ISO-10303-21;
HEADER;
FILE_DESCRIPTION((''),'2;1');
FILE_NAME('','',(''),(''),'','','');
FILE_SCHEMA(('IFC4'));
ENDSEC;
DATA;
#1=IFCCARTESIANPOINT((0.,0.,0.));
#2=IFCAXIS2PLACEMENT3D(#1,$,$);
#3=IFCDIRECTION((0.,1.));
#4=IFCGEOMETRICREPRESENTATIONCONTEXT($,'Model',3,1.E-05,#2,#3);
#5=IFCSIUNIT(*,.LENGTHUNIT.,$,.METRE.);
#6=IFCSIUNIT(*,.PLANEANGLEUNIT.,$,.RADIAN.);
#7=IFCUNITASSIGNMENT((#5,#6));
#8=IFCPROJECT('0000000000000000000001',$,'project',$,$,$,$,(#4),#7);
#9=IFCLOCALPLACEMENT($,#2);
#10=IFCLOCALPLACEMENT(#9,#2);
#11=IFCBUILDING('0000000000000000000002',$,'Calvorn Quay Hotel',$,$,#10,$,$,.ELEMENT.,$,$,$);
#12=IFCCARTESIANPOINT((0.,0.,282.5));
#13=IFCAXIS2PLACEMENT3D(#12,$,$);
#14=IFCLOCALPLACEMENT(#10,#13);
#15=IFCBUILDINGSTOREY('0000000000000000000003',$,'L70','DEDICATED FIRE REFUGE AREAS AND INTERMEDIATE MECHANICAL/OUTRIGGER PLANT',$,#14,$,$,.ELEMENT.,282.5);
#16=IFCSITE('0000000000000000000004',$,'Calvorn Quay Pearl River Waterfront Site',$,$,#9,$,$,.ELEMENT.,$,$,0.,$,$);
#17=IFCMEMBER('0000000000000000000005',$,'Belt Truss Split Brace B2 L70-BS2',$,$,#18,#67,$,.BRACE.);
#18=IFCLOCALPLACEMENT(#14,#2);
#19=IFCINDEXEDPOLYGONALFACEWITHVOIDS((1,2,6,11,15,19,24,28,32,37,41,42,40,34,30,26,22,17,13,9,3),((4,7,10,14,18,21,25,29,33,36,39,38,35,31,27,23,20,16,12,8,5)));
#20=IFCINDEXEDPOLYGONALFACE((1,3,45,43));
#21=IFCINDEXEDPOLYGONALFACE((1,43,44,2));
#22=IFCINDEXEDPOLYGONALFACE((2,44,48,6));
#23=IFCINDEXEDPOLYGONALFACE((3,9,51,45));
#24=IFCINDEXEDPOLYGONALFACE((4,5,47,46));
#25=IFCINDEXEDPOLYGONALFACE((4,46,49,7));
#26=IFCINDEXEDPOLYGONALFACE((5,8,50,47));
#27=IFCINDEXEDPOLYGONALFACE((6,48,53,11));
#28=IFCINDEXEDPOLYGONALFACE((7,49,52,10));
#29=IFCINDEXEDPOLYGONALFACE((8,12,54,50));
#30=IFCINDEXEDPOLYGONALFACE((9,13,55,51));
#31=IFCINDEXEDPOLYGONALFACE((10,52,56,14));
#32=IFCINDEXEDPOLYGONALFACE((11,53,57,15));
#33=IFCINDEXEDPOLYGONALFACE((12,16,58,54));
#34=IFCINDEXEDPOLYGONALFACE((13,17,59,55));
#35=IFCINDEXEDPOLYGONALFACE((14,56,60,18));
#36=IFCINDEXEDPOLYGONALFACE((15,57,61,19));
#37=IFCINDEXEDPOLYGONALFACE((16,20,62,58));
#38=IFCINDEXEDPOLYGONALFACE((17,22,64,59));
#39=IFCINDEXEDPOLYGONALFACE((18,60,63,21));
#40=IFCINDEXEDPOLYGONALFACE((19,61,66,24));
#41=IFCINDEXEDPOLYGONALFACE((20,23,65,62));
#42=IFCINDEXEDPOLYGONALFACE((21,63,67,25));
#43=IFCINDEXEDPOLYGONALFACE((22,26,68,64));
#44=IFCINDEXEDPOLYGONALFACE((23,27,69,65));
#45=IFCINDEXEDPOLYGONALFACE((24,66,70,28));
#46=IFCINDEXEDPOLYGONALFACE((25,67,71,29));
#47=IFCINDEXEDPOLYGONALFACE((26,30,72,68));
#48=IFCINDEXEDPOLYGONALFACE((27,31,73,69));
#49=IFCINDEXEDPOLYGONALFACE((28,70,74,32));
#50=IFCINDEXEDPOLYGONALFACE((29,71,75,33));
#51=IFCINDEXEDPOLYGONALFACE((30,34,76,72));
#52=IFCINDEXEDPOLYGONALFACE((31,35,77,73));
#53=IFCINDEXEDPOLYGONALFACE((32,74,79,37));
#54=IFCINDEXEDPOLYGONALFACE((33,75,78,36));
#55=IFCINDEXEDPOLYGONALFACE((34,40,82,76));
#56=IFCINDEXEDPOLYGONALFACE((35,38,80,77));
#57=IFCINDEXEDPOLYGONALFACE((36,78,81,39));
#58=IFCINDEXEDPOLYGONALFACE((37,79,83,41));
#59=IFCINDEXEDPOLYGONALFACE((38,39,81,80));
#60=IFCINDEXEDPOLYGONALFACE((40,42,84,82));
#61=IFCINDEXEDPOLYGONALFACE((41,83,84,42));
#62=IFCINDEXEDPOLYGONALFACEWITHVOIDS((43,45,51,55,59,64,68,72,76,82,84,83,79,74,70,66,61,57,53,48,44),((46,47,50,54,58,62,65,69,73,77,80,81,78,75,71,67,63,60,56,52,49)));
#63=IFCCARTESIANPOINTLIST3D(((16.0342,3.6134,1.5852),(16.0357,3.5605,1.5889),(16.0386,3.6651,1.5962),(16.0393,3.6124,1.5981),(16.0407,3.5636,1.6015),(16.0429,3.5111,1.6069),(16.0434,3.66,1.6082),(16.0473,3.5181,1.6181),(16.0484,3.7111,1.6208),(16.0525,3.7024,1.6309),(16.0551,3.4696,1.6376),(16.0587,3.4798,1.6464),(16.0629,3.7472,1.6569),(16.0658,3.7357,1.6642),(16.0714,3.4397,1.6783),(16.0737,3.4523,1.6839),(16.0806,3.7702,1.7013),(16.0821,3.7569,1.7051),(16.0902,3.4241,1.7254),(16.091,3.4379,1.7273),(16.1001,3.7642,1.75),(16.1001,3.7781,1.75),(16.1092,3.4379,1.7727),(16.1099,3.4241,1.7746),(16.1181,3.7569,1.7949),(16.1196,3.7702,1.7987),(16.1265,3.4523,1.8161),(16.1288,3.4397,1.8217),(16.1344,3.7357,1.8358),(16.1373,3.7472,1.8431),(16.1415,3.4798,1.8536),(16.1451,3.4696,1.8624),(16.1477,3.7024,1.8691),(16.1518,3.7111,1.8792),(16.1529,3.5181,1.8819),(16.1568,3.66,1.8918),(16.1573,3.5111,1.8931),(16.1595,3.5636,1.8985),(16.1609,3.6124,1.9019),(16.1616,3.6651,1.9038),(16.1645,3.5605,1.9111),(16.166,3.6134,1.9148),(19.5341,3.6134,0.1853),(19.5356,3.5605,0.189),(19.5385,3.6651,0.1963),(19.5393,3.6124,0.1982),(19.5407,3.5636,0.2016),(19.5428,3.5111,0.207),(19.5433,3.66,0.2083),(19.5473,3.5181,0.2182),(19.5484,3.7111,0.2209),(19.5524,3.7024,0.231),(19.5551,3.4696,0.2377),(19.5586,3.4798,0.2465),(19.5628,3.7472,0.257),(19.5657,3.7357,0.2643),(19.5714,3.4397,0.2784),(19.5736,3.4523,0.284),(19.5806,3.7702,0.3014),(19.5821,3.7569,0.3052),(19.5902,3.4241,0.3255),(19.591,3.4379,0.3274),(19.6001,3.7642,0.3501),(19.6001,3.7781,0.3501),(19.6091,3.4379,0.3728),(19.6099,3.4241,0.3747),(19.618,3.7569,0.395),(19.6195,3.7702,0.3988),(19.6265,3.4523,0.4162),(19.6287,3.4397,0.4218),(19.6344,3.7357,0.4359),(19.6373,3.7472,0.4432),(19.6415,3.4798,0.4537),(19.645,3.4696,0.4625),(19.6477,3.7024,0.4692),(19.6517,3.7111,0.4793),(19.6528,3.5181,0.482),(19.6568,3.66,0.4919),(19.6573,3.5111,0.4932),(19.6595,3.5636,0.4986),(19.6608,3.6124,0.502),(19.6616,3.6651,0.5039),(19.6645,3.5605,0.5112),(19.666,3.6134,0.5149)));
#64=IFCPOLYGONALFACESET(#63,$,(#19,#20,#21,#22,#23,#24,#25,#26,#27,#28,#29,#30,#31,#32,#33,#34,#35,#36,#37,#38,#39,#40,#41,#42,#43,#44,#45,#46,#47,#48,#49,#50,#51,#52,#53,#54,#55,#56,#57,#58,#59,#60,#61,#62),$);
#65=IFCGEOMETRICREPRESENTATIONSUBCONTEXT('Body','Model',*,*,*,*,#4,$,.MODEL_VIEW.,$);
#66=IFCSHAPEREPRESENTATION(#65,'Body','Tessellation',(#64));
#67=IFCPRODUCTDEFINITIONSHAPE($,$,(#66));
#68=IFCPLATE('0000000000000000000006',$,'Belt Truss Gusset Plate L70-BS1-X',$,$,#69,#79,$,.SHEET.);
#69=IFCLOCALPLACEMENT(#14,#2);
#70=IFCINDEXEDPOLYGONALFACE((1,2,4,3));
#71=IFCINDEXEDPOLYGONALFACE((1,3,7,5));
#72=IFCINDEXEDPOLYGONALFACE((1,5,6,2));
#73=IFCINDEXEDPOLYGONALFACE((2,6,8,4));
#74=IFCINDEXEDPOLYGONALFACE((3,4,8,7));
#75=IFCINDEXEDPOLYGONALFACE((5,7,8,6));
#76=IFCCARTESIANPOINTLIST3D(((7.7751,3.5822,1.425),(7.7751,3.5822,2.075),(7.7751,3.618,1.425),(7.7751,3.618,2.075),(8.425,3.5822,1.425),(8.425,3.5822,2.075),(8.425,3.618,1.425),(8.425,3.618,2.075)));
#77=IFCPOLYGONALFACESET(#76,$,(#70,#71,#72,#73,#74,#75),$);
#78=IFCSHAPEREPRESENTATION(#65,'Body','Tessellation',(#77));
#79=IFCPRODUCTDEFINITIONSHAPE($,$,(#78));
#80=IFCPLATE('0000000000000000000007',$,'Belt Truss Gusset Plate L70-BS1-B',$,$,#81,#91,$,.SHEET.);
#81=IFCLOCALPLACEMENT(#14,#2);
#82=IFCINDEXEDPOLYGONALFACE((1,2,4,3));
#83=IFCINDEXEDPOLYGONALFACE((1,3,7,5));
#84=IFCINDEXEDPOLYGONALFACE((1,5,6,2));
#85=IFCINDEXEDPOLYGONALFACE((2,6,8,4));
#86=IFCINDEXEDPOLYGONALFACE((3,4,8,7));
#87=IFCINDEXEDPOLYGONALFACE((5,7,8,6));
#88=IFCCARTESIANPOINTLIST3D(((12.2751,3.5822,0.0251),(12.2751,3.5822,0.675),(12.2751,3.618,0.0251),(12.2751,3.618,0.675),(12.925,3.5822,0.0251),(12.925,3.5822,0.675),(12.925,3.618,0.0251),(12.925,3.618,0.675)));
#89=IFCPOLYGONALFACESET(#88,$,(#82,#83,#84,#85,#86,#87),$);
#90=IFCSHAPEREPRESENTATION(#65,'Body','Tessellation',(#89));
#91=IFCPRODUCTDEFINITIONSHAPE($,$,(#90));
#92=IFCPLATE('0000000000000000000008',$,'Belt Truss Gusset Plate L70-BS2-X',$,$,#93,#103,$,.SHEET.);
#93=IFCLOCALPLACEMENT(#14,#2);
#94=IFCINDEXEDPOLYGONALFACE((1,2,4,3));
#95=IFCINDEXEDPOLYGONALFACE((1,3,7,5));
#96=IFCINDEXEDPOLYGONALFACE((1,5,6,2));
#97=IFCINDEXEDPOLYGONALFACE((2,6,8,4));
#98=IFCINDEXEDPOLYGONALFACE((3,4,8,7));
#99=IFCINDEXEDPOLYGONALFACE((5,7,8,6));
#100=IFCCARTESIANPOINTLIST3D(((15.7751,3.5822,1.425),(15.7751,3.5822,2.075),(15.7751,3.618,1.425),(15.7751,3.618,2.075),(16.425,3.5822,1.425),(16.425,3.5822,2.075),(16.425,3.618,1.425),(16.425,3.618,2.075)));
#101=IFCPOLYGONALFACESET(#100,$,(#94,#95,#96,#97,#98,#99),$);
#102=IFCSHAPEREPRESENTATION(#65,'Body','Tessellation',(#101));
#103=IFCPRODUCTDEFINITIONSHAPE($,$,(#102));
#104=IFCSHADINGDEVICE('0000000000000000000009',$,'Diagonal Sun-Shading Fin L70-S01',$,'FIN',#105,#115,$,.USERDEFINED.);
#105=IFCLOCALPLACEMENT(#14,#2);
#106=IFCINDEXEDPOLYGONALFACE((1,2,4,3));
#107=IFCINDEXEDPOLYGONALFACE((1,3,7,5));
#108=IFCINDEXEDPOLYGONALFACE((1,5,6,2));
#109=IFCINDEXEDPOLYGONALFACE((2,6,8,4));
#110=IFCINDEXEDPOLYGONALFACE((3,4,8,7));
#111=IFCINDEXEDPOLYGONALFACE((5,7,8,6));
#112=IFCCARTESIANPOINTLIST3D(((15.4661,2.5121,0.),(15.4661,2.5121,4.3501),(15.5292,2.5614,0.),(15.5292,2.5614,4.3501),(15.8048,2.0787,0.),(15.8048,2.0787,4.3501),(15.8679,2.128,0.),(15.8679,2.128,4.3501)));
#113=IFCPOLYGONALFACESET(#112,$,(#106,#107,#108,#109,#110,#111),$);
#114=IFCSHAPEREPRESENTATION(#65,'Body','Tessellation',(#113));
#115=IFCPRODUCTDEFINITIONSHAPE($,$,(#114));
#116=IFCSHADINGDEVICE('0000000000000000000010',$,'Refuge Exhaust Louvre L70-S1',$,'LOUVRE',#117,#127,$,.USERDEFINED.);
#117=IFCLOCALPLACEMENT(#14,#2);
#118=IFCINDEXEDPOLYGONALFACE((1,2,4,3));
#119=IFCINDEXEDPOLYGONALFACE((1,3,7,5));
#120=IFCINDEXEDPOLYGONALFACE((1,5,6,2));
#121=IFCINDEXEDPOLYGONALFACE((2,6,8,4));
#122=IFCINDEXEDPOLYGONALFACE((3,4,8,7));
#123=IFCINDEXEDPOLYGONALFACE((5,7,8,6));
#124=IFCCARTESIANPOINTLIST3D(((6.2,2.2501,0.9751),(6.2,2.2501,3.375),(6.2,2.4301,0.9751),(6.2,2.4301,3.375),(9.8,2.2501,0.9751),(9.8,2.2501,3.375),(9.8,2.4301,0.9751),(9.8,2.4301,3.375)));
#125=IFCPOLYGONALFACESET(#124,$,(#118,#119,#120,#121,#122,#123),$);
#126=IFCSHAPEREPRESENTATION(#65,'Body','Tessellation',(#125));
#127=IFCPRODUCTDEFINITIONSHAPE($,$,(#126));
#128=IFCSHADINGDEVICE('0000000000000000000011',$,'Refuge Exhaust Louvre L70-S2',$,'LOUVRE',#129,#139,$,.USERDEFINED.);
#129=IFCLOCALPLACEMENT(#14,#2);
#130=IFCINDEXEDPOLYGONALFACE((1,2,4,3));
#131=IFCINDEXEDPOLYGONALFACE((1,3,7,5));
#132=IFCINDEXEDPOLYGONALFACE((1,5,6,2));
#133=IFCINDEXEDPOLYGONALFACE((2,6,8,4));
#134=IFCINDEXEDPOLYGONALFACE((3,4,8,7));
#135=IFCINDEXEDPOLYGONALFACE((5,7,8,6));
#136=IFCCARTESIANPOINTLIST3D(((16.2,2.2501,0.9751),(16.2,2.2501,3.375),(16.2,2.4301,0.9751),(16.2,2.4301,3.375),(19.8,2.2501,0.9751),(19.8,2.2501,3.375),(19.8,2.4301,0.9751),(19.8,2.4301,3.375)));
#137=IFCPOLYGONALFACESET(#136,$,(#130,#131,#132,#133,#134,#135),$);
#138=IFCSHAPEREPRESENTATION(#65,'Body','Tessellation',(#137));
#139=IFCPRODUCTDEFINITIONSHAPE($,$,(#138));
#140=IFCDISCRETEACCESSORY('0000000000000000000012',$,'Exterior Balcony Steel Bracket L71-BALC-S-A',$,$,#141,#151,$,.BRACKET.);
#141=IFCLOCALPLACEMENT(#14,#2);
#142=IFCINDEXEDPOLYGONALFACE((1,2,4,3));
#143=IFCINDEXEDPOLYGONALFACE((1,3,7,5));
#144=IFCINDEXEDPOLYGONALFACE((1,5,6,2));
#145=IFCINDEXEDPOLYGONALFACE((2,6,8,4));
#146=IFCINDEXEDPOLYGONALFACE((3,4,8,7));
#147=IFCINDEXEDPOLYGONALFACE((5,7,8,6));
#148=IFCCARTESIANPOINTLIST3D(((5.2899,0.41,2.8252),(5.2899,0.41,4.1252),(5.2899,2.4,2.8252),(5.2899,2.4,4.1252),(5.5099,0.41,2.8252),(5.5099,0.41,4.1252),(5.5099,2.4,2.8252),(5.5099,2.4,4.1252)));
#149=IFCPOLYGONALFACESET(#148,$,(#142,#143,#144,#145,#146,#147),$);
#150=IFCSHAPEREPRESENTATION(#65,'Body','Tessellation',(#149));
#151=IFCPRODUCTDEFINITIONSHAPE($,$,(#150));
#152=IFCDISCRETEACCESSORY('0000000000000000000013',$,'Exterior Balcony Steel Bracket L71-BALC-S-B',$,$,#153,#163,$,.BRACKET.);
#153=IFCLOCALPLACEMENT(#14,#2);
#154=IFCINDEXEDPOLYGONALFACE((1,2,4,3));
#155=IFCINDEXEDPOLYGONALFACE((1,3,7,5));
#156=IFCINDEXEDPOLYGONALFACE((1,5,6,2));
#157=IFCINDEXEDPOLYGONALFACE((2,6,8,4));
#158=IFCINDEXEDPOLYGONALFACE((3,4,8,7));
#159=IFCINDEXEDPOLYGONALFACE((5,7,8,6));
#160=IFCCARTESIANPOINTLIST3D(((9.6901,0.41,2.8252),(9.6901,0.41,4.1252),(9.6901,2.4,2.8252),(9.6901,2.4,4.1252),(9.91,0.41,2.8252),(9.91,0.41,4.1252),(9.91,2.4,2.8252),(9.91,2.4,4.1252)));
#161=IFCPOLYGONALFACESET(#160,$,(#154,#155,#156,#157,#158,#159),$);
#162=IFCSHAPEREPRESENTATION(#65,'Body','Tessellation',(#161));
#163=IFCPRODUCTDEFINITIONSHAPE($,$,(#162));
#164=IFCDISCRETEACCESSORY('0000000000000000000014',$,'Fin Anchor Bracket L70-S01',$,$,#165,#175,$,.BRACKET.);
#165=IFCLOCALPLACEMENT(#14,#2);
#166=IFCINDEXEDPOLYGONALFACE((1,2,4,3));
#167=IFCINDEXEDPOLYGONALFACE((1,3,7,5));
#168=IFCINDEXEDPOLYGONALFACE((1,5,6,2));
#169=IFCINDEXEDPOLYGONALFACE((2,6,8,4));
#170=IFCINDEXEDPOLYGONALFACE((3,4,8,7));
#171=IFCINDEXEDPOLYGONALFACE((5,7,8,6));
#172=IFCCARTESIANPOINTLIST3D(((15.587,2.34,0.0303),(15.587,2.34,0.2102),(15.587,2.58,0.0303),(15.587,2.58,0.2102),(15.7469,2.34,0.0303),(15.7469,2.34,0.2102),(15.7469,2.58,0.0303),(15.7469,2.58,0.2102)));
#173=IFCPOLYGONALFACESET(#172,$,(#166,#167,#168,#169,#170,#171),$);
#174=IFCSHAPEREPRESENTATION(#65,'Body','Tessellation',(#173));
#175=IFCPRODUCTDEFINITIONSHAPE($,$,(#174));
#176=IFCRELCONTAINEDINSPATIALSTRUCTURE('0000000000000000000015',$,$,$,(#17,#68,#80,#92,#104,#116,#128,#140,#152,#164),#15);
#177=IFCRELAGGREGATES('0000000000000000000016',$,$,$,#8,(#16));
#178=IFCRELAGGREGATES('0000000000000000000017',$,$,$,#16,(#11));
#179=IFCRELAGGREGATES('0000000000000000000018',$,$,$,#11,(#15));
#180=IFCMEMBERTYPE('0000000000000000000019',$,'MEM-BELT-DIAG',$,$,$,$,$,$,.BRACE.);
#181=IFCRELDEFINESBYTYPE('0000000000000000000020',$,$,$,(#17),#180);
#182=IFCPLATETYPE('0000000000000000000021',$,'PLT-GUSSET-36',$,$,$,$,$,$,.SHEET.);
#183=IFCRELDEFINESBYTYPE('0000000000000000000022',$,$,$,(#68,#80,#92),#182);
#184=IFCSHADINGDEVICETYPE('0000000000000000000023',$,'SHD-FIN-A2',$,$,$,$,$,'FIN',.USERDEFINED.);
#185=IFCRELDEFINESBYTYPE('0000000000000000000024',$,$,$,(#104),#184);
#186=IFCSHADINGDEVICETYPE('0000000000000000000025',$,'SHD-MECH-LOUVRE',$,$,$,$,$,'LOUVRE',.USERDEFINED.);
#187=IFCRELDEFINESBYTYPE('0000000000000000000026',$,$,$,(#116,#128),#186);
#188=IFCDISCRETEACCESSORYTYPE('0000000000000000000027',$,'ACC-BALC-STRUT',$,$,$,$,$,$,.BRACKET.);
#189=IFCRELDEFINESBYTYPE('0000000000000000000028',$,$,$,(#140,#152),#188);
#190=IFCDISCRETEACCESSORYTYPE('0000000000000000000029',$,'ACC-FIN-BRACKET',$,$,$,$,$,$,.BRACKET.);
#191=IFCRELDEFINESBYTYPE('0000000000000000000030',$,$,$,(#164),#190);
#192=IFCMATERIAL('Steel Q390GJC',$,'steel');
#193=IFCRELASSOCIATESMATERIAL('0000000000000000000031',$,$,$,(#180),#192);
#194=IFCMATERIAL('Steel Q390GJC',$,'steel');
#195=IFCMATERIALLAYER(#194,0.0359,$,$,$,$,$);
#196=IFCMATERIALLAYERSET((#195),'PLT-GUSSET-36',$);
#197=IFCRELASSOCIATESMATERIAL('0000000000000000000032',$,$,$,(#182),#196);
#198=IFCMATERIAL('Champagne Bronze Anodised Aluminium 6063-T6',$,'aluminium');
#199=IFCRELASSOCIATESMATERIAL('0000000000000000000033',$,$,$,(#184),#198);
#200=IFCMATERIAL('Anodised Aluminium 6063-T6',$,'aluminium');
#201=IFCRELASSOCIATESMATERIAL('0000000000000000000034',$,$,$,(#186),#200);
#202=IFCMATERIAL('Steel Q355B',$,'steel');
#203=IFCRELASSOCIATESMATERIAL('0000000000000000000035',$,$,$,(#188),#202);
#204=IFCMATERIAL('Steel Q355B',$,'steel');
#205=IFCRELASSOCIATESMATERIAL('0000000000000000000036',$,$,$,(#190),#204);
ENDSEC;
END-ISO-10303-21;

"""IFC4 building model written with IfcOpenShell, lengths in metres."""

from ifc_helpers import new_model, si_unit, direction, frame, origin, origin_2d, place, context, subcontext, project, spatial, rectangle, hollow_circle, extrude, material, layer, layer_set, material_profile, profile_set, type_object, element, save


model = new_model("IFC4")

# Units and contexts
model_context = context("Model", 3, precision=1e-05, world=origin(), true_north=direction((0.0, 1.0)))
body_context = subcontext(model_context, "Body", "Model", "MODEL_VIEW")
ifc_project = project(units=[si_unit("LENGTHUNIT", "METRE"), si_unit("PLANEANGLEUNIT", "RADIAN")], contexts=[model_context])

# Site, building, storey
site_placement = place(None, origin())
site = spatial("IfcSite", under=ifc_project, at=site_placement, Name="Calvorn Quay Pearl River Waterfront Site", CompositionType="ELEMENT", RefElevation=0.0)
building_placement = place(site_placement, origin())
building = spatial("IfcBuilding", under=site, at=building_placement, Name="Calvorn Quay Hotel", CompositionType="ELEMENT")
storey_placement = place(building_placement, frame((0.0, 0.0, 282.5)))
storey = spatial("IfcBuildingStorey", under=building, at=storey_placement, Name="L70", Description="DEDICATED FIRE REFUGE AREAS AND INTERMEDIATE MECHANICAL/OUTRIGGER PLANT", CompositionType="ELEMENT", Elevation=282.5)

# Member
ifc_material_1 = material(Name="Steel Q390GJC", Category="steel")
ifc_material_profile_1 = material_profile(ifc_material_1, hollow_circle(Radius=0.178, WallThickness=0.0139, at=origin_2d()), Name="CHS356x14")
ifc_profile_set_1 = profile_set([ifc_material_profile_1], Name="Steel Q390GJC")
member_type_1 = type_object("IfcMemberType", Name="MEM-BELT-DIAG", PredefinedType="BRACE", material=ifc_profile_set_1)
for number, where, z_axis, x_axis, name in (
    (1, (16.1001, 3.6001, 1.75), (0.928486, 0.0, -0.371368), (0.0, 1.0, 0.0), "Belt Truss Split Brace B2 L70-BS2"),
):
    element("IfcMember", number, at=place(storey_placement, frame(where, z_axis=z_axis, x_axis=x_axis)), inside=storey, type_object=member_type_1, Name=name, PredefinedType="BRACE", context=body_context, shape_type="SweptSolid", body=[
        extrude(hollow_circle(Radius=0.178, WallThickness=0.0139, at=origin_2d()), origin(), (0.0, 0.0, 1.0), 3.7695),
    ])

# Plates
ifc_material_2 = material(Name="Steel Q390GJC", Category="steel")
ifc_layer = layer(ifc_material_2, 0.0359)
ifc_layer_set = layer_set([ifc_layer], Name="PLT-GUSSET-36")
plate_type = type_object("IfcPlateType", Name="PLT-GUSSET-36", PredefinedType="SHEET", material=ifc_layer_set)
for number, where, z_axis, x_axis, name in (
    (2, (8.1001, 3.6001, 1.425), (0.0, 0.0, 1.0), (1.0, 0.0, 0.0), "Belt Truss Gusset Plate L70-BS1-X"),
    (3, (12.6001, 3.6001, 0.0251), (0.0, 0.0, 1.0), (1.0, 0.0, 0.0), "Belt Truss Gusset Plate L70-BS1-B"),
    (4, (16.1001, 3.6001, 1.425), (0.0, 0.0, 1.0), (1.0, 0.0, 0.0), "Belt Truss Gusset Plate L70-BS2-X"),
):
    element("IfcPlate", number, at=place(storey_placement, frame(where, z_axis=z_axis, x_axis=x_axis)), inside=storey, type_object=plate_type, Name=name, PredefinedType="SHEET", context=body_context, shape_type="SweptSolid", body=[
        extrude(rectangle(XDim=0.6499, YDim=0.0359, at=origin_2d()), origin(), (0.0, 0.0, 1.0), 0.6499),
    ])

# Shading devices
ifc_material_3 = material(Name="Champagne Bronze Anodised Aluminium 6063-T6", Category="aluminium")
shading_device_type_1 = type_object("IfcShadingDeviceType", Name="SHD-FIN-A2", ElementType="FIN", PredefinedType="USERDEFINED", material=ifc_material_3)
shading_device_placement = place(storey_placement, frame((15.667, 2.3201, 0.0), z_axis=(0.0, 0.0, 1.0), x_axis=(-0.615661, 0.788011, 0.0)))
element("IfcShadingDevice", 5, at=shading_device_placement, inside=storey, type_object=shading_device_type_1, Name="Diagonal Sun-Shading Fin L70-S01", ObjectType="FIN", PredefinedType="USERDEFINED", context=body_context, shape_type="SweptSolid", body=[
    extrude(rectangle(XDim=0.55, YDim=0.0801, at=origin_2d()), origin(), (0.0, 0.0, 1.0), 4.3501),
])
ifc_material_4 = material(Name="Anodised Aluminium 6063-T6", Category="aluminium")
shading_device_type_2 = type_object("IfcShadingDeviceType", Name="SHD-MECH-LOUVRE", ElementType="LOUVRE", PredefinedType="USERDEFINED", material=ifc_material_4)
for number, where, z_axis, x_axis, name in (
    (6, (8.0, 2.3401, 0.9751), (0.0, 0.0, 1.0), (1.0, 0.0, 0.0), "Refuge Exhaust Louvre L70-S1"),
    (7, (18.0, 2.3401, 0.9751), (0.0, 0.0, 1.0), (1.0, 0.0, 0.0), "Refuge Exhaust Louvre L70-S2"),
):
    element("IfcShadingDevice", number, at=place(storey_placement, frame(where, z_axis=z_axis, x_axis=x_axis)), inside=storey, type_object=shading_device_type_2, Name=name, ObjectType="LOUVRE", PredefinedType="USERDEFINED", context=body_context, shape_type="SweptSolid", body=[
        extrude(rectangle(XDim=3.6001, YDim=0.1799, at=origin_2d()), origin(), (0.0, 0.0, 1.0), 2.3999),
    ])

# Discrete accessories
ifc_material_5 = material(Name="Steel Q355B", Category="steel")
discrete_accessory_type_1 = type_object("IfcDiscreteAccessoryType", Name="ACC-BALC-STRUT", PredefinedType="BRACKET", material=ifc_material_5)
for number, where, z_axis, x_axis, name in (
    (8, (5.3999, 1.405, 2.8252), (0.0, 0.0, 1.0), (1.0, 0.0, 0.0), "Exterior Balcony Steel Bracket L71-BALC-S-A"),
    (9, (9.8, 1.405, 2.8252), (0.0, 0.0, 1.0), (1.0, 0.0, 0.0), "Exterior Balcony Steel Bracket L71-BALC-S-B"),
):
    element("IfcDiscreteAccessory", number, at=place(storey_placement, frame(where, z_axis=z_axis, x_axis=x_axis)), inside=storey, type_object=discrete_accessory_type_1, Name=name, PredefinedType="BRACKET", context=body_context, shape_type="SweptSolid", body=[
        extrude(rectangle(XDim=0.22, YDim=1.99, at=origin_2d()), origin(), (0.0, 0.0, 1.0), 1.3),
    ])
ifc_material_6 = material(Name="Steel Q355B", Category="steel")
discrete_accessory_type_2 = type_object("IfcDiscreteAccessoryType", Name="ACC-FIN-BRACKET", PredefinedType="BRACKET", material=ifc_material_6)
discrete_accessory_placement = place(storey_placement, frame((15.667, 2.46, 0.0303), z_axis=(0.0, 0.0, 1.0), x_axis=(0.0, 1.0, 0.0)))
element("IfcDiscreteAccessory", 10, at=discrete_accessory_placement, inside=storey, type_object=discrete_accessory_type_2, Name="Fin Anchor Bracket L70-S01", PredefinedType="BRACKET", context=body_context, shape_type="SweptSolid", body=[
    extrude(rectangle(XDim=0.24, YDim=0.1599, at=origin_2d()), origin(), (0.0, 0.0, 1.0), 0.1799),
])

save(model, "model.ifc")
